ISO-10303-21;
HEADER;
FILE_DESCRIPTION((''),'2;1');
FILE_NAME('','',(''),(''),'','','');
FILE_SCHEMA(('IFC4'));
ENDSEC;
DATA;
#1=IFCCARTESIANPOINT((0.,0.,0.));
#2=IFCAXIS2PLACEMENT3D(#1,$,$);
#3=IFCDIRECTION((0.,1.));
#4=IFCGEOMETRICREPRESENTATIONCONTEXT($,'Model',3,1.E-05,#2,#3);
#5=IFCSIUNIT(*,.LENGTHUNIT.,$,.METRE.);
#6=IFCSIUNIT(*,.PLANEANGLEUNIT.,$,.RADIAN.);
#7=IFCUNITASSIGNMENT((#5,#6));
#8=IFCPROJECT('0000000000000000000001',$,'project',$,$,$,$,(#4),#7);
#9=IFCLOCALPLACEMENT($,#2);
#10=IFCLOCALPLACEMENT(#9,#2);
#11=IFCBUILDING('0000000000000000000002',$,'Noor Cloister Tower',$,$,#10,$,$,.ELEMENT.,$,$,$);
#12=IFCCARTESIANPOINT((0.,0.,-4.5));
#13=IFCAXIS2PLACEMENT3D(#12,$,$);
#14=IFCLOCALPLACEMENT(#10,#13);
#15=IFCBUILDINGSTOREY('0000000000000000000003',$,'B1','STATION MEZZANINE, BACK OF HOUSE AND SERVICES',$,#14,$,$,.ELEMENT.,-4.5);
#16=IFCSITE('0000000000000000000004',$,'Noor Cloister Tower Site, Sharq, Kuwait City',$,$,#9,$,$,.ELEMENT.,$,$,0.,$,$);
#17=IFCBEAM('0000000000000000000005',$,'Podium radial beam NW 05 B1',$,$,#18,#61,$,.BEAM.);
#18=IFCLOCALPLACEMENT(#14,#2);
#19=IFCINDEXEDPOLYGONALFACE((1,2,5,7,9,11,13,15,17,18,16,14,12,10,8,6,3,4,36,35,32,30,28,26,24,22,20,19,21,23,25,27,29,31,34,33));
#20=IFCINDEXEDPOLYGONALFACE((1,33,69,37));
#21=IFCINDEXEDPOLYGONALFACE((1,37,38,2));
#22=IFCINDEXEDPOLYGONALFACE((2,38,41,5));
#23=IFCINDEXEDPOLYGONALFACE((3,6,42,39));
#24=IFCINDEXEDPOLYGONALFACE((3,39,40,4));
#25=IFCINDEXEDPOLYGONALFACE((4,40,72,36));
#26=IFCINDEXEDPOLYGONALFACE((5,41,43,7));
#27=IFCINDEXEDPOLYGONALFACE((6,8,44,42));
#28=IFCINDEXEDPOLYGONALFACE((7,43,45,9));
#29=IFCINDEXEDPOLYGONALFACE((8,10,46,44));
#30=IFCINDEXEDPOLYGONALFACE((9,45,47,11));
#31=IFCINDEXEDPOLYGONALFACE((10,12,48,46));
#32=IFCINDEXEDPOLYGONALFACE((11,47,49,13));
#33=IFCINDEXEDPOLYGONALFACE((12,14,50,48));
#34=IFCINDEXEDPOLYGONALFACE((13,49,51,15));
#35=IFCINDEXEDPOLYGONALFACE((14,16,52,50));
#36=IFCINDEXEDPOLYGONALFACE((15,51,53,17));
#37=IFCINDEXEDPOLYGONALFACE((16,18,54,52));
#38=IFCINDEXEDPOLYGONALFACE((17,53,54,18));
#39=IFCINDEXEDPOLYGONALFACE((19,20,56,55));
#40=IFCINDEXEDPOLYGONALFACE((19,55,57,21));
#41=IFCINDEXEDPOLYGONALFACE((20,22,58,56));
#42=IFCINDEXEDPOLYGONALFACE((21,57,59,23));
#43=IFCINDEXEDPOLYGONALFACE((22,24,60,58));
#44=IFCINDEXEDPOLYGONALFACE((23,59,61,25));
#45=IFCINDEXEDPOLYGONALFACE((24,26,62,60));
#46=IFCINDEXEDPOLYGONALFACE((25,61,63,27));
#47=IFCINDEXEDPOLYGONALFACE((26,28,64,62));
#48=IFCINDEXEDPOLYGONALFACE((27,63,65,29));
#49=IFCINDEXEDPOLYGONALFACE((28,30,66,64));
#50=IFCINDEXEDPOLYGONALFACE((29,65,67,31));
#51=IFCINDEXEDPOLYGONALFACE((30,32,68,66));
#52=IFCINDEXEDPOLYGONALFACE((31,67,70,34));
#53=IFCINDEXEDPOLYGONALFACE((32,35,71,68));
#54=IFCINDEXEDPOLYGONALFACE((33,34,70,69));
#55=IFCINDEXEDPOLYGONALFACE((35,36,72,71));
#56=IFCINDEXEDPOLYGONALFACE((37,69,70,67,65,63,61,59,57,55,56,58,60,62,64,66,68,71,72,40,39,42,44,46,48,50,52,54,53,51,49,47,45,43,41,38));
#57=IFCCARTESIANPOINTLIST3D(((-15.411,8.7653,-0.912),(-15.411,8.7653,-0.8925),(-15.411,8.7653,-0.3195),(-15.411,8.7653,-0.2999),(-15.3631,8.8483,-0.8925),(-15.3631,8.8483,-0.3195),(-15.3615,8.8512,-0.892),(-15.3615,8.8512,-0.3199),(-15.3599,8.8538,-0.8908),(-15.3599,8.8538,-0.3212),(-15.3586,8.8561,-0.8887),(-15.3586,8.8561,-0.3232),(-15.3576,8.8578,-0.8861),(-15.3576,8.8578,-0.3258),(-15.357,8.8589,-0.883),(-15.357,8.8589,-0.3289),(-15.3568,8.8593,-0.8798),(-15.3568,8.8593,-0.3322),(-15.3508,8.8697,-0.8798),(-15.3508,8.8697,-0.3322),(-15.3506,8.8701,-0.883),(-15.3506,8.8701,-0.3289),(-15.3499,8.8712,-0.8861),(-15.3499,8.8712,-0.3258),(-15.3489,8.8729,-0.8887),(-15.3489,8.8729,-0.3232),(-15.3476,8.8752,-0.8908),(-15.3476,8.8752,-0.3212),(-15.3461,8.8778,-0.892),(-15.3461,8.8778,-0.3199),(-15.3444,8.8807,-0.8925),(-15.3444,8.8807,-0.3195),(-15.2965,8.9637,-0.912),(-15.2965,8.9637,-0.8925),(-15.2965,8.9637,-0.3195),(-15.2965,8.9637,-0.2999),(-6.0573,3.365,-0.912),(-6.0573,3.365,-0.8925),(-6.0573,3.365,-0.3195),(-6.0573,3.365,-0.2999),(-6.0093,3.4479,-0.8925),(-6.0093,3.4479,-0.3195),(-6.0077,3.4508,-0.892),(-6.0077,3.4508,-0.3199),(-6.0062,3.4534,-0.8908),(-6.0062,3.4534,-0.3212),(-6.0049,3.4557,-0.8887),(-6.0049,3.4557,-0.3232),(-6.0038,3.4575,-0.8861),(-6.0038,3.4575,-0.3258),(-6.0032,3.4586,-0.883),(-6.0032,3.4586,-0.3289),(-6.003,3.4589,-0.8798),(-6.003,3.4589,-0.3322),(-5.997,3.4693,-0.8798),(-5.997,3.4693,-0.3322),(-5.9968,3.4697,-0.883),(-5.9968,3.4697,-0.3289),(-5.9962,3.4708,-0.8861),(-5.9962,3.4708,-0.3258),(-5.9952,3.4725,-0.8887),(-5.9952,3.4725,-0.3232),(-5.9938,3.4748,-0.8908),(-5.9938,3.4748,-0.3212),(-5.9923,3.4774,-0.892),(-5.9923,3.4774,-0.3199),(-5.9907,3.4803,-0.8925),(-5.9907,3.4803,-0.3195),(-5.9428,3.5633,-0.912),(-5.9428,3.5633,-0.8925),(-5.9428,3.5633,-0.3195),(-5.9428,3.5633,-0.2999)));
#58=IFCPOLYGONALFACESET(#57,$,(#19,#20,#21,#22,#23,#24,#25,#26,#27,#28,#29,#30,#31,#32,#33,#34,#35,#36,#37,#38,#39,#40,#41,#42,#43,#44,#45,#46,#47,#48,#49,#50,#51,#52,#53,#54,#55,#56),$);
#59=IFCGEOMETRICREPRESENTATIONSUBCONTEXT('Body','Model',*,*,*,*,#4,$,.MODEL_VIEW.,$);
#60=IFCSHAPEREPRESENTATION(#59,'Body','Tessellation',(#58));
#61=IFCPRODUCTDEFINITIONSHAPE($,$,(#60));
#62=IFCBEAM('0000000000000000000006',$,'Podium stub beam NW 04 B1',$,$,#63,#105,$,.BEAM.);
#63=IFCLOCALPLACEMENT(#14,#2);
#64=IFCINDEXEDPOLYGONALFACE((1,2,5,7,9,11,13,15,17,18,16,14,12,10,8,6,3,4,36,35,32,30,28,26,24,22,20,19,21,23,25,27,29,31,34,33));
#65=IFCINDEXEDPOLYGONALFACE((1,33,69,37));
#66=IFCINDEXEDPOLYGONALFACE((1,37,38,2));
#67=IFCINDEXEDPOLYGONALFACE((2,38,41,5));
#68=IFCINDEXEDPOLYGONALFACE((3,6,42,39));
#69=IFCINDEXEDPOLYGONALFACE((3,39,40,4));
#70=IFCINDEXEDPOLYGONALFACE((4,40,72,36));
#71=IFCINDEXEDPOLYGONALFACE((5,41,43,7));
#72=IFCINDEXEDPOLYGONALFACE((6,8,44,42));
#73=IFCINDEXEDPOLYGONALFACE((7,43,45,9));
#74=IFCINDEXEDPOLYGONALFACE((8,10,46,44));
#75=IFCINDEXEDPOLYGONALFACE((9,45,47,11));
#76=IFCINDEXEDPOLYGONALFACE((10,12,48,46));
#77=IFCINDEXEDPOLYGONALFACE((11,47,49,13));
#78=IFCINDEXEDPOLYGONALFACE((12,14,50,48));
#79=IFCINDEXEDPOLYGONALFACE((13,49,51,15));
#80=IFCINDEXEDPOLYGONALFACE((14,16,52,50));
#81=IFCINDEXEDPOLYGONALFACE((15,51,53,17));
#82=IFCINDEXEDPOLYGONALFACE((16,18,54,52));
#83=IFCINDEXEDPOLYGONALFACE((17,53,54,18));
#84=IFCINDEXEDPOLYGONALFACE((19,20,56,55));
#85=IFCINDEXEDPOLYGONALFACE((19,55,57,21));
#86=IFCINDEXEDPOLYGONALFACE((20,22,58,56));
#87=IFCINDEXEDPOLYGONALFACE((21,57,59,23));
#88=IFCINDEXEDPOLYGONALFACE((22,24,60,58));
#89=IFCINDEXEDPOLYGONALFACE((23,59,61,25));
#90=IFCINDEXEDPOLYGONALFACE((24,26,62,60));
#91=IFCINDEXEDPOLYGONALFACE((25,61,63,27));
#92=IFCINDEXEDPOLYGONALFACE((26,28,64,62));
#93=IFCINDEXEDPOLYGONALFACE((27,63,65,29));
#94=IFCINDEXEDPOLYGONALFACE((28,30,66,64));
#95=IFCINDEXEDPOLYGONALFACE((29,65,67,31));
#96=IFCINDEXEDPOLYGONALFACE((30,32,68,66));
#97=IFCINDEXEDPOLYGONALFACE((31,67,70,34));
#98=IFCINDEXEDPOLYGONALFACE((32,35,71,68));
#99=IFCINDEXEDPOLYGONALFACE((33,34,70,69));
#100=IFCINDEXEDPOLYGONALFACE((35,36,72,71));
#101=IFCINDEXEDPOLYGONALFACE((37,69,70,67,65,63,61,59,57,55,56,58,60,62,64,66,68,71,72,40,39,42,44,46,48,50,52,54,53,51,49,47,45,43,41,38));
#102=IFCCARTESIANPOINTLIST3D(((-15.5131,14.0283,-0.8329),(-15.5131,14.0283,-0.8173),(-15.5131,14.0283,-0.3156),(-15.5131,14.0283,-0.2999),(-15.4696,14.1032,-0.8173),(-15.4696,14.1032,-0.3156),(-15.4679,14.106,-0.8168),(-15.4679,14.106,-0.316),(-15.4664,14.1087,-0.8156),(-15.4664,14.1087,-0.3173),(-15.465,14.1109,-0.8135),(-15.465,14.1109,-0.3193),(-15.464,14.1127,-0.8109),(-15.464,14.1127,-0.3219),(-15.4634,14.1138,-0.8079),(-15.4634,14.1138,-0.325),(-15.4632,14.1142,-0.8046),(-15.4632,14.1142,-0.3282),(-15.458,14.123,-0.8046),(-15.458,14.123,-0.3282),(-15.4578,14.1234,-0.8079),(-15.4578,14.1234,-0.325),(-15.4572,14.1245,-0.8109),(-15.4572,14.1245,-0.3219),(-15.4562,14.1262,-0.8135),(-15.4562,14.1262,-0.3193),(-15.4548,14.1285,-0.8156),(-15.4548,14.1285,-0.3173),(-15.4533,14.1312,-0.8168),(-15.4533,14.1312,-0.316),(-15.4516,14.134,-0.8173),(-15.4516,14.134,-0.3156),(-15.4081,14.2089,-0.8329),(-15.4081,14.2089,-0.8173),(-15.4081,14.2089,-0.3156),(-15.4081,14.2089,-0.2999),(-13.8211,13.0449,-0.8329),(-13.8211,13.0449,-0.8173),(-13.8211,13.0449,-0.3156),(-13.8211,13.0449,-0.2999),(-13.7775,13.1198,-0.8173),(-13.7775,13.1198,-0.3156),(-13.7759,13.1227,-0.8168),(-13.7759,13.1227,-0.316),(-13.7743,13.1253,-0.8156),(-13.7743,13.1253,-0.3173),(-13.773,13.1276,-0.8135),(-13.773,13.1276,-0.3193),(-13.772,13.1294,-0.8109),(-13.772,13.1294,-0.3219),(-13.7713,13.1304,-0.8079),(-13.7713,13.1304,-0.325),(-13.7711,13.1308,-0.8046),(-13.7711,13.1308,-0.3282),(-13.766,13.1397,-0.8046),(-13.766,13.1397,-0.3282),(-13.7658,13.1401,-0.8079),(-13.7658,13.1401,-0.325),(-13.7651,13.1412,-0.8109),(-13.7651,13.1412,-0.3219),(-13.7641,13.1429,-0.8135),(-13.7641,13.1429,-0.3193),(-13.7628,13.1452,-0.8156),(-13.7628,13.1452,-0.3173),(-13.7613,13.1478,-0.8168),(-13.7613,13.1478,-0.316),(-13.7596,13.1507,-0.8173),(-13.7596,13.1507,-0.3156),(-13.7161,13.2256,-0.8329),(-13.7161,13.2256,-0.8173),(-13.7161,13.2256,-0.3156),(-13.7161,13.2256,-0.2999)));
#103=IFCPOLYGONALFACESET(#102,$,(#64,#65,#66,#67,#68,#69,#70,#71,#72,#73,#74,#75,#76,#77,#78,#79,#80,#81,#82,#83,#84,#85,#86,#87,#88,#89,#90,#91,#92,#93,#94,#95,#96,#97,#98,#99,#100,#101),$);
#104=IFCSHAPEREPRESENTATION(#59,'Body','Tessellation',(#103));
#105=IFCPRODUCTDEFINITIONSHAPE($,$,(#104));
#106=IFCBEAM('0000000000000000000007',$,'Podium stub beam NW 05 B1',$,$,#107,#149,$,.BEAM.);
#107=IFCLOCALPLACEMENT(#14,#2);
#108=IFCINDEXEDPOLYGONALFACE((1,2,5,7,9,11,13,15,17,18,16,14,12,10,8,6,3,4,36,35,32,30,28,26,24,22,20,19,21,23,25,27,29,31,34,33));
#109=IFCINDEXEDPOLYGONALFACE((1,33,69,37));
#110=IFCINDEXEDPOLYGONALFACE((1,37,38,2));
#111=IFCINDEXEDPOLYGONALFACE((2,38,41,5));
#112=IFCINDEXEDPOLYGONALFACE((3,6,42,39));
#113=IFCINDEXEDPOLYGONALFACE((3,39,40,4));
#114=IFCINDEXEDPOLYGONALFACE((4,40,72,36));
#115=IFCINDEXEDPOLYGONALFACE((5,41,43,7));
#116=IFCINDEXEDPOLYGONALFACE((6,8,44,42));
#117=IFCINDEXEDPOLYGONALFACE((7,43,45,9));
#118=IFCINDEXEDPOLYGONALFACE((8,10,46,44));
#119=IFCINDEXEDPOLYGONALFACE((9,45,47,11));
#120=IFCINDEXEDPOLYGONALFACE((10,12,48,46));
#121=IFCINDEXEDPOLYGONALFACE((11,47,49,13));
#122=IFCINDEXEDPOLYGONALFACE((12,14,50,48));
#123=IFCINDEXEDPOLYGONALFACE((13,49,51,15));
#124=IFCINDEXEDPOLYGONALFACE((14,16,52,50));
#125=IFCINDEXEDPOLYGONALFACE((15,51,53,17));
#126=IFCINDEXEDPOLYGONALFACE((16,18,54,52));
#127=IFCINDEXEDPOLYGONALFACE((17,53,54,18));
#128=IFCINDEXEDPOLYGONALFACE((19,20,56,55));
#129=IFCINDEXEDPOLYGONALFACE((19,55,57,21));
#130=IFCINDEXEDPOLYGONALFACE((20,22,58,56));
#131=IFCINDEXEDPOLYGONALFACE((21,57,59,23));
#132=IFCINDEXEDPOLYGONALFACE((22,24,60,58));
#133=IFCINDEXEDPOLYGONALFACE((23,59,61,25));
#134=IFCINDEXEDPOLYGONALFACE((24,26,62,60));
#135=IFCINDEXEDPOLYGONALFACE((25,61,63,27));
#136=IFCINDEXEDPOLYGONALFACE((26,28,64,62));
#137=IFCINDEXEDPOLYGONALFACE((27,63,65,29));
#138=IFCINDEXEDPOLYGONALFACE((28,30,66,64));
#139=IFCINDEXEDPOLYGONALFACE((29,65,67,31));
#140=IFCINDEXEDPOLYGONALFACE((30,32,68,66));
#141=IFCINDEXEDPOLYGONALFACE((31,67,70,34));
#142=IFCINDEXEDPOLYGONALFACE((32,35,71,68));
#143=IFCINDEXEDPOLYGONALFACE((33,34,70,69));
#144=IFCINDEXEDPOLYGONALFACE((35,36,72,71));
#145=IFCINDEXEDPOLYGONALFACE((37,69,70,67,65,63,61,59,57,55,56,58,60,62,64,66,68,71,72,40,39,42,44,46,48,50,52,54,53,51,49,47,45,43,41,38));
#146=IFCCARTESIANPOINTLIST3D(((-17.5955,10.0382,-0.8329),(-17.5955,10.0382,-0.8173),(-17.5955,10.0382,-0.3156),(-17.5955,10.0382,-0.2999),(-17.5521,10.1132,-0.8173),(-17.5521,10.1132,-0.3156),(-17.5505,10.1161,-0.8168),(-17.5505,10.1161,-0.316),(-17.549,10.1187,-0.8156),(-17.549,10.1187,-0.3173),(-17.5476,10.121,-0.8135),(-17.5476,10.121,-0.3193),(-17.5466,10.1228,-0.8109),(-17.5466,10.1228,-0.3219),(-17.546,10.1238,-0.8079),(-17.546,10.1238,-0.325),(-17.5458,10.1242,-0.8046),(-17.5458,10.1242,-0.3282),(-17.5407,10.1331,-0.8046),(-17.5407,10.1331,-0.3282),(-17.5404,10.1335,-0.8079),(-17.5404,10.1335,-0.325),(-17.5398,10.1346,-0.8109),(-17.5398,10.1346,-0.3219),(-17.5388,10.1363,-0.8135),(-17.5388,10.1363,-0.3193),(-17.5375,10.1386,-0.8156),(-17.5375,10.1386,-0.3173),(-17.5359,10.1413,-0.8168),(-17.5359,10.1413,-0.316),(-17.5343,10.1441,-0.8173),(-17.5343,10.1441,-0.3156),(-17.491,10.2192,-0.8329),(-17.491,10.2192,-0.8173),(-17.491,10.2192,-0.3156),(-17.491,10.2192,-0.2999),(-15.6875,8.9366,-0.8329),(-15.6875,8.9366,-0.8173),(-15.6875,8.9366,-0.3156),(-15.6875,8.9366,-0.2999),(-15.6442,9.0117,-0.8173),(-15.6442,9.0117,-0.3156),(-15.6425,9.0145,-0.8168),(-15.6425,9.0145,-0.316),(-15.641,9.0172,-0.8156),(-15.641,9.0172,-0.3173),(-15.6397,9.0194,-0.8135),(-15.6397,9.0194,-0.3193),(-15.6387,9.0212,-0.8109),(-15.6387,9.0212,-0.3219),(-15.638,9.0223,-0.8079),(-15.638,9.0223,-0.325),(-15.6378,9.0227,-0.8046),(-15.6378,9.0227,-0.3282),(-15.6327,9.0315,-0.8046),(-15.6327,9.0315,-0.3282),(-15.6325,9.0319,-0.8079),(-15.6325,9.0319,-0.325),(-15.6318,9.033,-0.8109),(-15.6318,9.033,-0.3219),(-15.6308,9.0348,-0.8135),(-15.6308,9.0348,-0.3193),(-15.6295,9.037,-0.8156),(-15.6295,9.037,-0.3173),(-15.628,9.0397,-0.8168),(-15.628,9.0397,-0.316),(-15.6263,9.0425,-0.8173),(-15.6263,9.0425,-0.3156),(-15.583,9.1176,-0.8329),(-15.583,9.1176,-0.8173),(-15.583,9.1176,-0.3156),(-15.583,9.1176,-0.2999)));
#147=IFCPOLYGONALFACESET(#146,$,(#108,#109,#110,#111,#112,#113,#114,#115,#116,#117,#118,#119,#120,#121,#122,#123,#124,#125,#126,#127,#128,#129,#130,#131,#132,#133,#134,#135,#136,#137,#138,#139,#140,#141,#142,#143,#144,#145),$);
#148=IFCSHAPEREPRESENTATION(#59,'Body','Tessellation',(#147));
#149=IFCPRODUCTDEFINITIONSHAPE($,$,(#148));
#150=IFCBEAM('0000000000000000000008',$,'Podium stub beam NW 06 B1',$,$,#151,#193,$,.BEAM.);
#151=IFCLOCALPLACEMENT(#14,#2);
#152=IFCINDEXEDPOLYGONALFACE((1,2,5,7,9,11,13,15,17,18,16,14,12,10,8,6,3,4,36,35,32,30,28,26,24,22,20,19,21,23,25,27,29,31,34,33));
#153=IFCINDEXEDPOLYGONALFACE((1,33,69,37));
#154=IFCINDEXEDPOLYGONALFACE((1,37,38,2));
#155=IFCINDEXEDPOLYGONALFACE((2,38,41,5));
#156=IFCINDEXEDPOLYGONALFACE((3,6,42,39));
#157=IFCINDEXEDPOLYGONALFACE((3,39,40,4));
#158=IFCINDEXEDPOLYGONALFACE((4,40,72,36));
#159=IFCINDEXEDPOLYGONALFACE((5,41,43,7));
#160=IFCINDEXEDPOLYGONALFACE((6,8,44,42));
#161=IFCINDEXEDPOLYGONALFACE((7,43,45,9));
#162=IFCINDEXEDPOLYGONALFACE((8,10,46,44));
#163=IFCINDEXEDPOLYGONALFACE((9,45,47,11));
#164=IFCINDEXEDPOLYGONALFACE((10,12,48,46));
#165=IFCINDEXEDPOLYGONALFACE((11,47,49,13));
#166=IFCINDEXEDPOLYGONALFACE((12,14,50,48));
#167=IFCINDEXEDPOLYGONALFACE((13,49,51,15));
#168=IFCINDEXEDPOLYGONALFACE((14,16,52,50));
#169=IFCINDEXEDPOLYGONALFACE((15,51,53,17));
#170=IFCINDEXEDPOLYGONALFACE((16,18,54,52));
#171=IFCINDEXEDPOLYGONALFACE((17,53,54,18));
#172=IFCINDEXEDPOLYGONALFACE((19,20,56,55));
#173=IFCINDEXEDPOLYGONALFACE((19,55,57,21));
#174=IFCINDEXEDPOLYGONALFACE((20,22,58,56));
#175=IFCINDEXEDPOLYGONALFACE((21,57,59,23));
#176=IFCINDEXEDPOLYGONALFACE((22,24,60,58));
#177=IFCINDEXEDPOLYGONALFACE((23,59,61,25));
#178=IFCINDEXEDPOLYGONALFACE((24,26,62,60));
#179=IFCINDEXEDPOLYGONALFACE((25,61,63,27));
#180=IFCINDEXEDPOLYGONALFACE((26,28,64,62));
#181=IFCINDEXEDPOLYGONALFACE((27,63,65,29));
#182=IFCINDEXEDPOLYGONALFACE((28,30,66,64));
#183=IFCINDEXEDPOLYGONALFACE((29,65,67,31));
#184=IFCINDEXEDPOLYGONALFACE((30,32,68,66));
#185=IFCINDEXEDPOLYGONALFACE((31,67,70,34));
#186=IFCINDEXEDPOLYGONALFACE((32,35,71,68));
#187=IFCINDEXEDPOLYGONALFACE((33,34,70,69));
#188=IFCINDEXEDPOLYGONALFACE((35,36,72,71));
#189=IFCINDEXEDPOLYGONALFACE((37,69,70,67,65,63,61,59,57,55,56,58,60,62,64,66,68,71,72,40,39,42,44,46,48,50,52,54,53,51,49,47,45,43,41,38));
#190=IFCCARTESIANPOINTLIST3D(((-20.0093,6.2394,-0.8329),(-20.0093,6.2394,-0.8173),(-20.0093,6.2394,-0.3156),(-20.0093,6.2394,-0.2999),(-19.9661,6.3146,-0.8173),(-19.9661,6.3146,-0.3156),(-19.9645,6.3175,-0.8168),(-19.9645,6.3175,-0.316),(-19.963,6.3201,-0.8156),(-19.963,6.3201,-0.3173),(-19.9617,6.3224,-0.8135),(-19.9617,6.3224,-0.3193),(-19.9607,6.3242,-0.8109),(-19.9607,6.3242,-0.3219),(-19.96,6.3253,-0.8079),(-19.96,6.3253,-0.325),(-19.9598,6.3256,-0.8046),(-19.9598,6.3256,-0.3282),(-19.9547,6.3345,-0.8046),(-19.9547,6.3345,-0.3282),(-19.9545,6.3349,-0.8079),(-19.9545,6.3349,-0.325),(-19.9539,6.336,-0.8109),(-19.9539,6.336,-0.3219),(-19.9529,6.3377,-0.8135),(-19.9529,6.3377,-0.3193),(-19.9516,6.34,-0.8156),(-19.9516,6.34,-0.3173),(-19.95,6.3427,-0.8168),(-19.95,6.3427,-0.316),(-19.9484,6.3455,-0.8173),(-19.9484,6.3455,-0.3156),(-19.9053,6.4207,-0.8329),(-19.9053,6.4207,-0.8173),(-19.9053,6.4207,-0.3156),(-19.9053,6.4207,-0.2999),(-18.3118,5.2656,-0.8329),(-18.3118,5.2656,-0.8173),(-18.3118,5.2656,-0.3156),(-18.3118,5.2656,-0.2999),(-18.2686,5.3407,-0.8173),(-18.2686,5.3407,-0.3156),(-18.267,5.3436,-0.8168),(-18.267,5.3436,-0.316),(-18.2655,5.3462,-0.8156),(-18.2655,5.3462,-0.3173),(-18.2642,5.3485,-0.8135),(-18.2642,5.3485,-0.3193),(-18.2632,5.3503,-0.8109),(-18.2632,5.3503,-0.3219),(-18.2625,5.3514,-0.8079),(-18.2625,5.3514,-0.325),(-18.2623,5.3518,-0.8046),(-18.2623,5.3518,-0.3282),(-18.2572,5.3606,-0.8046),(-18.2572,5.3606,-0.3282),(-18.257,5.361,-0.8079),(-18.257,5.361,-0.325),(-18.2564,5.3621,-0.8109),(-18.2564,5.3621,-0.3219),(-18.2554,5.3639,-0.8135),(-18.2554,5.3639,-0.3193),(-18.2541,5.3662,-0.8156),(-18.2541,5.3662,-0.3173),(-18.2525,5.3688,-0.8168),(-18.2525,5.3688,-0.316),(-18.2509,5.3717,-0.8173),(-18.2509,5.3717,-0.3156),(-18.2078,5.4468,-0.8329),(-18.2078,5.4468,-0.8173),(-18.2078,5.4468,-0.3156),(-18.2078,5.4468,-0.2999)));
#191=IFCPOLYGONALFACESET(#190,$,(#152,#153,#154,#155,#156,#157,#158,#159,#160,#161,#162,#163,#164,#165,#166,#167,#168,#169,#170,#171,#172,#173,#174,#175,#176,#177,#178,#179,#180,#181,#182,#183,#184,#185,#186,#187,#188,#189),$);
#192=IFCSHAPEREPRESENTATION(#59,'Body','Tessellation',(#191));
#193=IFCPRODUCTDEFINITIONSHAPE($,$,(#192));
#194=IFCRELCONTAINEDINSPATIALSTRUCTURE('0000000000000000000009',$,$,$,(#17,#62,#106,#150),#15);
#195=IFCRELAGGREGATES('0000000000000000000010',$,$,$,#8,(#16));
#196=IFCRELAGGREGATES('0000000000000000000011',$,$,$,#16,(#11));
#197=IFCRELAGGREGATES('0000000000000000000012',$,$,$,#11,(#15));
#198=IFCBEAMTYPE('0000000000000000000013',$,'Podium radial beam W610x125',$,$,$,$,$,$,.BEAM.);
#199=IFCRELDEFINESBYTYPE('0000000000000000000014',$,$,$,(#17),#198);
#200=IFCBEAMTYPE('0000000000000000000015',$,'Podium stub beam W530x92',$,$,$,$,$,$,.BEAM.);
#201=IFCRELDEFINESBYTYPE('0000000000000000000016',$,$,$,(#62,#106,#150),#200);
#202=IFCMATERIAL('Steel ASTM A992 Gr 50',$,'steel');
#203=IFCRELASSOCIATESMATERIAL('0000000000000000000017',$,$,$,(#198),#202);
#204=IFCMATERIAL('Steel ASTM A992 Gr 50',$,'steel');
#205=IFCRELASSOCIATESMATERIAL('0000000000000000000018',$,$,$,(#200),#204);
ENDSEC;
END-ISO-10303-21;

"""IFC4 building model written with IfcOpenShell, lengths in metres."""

from ifc_helpers import new_model, si_unit, direction, frame, origin, origin_2d, place, context, subcontext, project, spatial, i_section, extrude, material, material_profile, profile_set, type_object, element, save


model = new_model("IFC4")

# Units and contexts
model_context = context("Model", 3, precision=1e-05, world=origin(), true_north=direction((0.0, 1.0)))
body_context = subcontext(model_context, "Body", "Model", "MODEL_VIEW")
ifc_project = project(units=[si_unit("LENGTHUNIT", "METRE"), si_unit("PLANEANGLEUNIT", "RADIAN")], contexts=[model_context])

# Site, building, storey
site_placement = place(None, origin())
site = spatial("IfcSite", under=ifc_project, at=site_placement, Name="Noor Cloister Tower Site, Sharq, Kuwait City", CompositionType="ELEMENT", RefElevation=0.0)
building_placement = place(site_placement, origin())
building = spatial("IfcBuilding", under=site, at=building_placement, Name="Noor Cloister Tower", CompositionType="ELEMENT")
storey_placement = place(building_placement, frame((0.0, 0.0, -4.5)))
storey = spatial("IfcBuildingStorey", under=building, at=storey_placement, Name="B1", Description="STATION MEZZANINE, BACK OF HOUSE AND SERVICES", CompositionType="ELEMENT", Elevation=-4.5)

# Beams
ifc_material_1 = material(Name="Steel ASTM A992 Gr 50", Category="steel")
ifc_material_profile_1 = material_profile(ifc_material_1, i_section(OverallWidth=0.229, OverallDepth=0.6121, WebThickness=0.012, FlangeThickness=0.0195, FilletRadius=0.0127, at=origin_2d()), Name="W610x125")
ifc_profile_set_1 = profile_set([ifc_material_profile_1], Name="Steel ASTM A992 Gr 50")
beam_type_1 = type_object("IfcBeamType", Name="Podium radial beam W610x125", PredefinedType="BEAM", material=ifc_profile_set_1)
beam_1_placement = place(storey_placement, frame((-15.3538, 8.8645, -0.606), z_axis=(0.866026, -0.5, 0.0), x_axis=(0.5, 0.866026, 0.0)))
element("IfcBeam", 1, at=beam_1_placement, inside=storey, type_object=beam_type_1, Name="Podium radial beam NW 05 B1", PredefinedType="BEAM", context=body_context, shape_type="SweptSolid", body=[
    extrude(i_section(OverallWidth=0.229, OverallDepth=0.6121, WebThickness=0.012, FlangeThickness=0.0195, FilletRadius=0.0127, at=origin_2d()), origin(), (0.0, 0.0, 1.0), 10.8008),
])
ifc_material_2 = material(Name="Steel ASTM A992 Gr 50", Category="steel")
ifc_material_profile_2 = material_profile(ifc_material_2, i_section(OverallWidth=0.209, OverallDepth=0.533, WebThickness=0.0103, FlangeThickness=0.0156, FilletRadius=0.0127, at=origin_2d()), Name="W530x92")
ifc_profile_set_2 = profile_set([ifc_material_profile_2], Name="Steel ASTM A992 Gr 50")
beam_type_2 = type_object("IfcBeamType", Name="Podium stub beam W530x92", PredefinedType="BEAM", material=ifc_profile_set_2)
beam_2_placement = place(storey_placement, frame((-13.7686, 13.1353, -0.5664), z_axis=(-0.864597, 0.502467, 0.0), x_axis=(-0.502467, -0.864597, 0.0)))
element("IfcBeam", 2, at=beam_2_placement, inside=storey, type_object=beam_type_2, Name="Podium stub beam NW 04 B1", PredefinedType="BEAM", context=body_context, shape_type="SweptSolid", body=[
    extrude(i_section(OverallWidth=0.209, OverallDepth=0.533, WebThickness=0.0103, FlangeThickness=0.0156, FilletRadius=0.0127, at=origin_2d()), origin(), (0.0, 0.0, 1.0), 1.957),
])
beam_3_placement = place(storey_placement, frame((-15.6353, 9.0271, -0.5664), z_axis=(-0.866025, 0.500001, 0.0), x_axis=(-0.500001, -0.866025, 0.0)))
element("IfcBeam", 3, at=beam_3_placement, inside=storey, type_object=beam_type_2, Name="Podium stub beam NW 05 B1", PredefinedType="BEAM", context=body_context, shape_type="SweptSolid", body=[
    extrude(i_section(OverallWidth=0.209, OverallDepth=0.533, WebThickness=0.0103, FlangeThickness=0.0156, FilletRadius=0.0127, at=origin_2d()), origin(), (0.0, 0.0, 1.0), 2.2031),
])
beam_4_placement = place(storey_placement, frame((-18.2598, 5.3562, -0.5664), z_axis=(-0.86739, 0.497629, 0.0), x_axis=(-0.497629, -0.86739, 0.0)))
element("IfcBeam", 4, at=beam_4_placement, inside=storey, type_object=beam_type_2, Name="Podium stub beam NW 06 B1", PredefinedType="BEAM", context=body_context, shape_type="SweptSolid", body=[
    extrude(i_section(OverallWidth=0.209, OverallDepth=0.533, WebThickness=0.0103, FlangeThickness=0.0156, FilletRadius=0.0127, at=origin_2d()), origin(), (0.0, 0.0, 1.0), 1.957),
])

save(model, "model.ifc")
